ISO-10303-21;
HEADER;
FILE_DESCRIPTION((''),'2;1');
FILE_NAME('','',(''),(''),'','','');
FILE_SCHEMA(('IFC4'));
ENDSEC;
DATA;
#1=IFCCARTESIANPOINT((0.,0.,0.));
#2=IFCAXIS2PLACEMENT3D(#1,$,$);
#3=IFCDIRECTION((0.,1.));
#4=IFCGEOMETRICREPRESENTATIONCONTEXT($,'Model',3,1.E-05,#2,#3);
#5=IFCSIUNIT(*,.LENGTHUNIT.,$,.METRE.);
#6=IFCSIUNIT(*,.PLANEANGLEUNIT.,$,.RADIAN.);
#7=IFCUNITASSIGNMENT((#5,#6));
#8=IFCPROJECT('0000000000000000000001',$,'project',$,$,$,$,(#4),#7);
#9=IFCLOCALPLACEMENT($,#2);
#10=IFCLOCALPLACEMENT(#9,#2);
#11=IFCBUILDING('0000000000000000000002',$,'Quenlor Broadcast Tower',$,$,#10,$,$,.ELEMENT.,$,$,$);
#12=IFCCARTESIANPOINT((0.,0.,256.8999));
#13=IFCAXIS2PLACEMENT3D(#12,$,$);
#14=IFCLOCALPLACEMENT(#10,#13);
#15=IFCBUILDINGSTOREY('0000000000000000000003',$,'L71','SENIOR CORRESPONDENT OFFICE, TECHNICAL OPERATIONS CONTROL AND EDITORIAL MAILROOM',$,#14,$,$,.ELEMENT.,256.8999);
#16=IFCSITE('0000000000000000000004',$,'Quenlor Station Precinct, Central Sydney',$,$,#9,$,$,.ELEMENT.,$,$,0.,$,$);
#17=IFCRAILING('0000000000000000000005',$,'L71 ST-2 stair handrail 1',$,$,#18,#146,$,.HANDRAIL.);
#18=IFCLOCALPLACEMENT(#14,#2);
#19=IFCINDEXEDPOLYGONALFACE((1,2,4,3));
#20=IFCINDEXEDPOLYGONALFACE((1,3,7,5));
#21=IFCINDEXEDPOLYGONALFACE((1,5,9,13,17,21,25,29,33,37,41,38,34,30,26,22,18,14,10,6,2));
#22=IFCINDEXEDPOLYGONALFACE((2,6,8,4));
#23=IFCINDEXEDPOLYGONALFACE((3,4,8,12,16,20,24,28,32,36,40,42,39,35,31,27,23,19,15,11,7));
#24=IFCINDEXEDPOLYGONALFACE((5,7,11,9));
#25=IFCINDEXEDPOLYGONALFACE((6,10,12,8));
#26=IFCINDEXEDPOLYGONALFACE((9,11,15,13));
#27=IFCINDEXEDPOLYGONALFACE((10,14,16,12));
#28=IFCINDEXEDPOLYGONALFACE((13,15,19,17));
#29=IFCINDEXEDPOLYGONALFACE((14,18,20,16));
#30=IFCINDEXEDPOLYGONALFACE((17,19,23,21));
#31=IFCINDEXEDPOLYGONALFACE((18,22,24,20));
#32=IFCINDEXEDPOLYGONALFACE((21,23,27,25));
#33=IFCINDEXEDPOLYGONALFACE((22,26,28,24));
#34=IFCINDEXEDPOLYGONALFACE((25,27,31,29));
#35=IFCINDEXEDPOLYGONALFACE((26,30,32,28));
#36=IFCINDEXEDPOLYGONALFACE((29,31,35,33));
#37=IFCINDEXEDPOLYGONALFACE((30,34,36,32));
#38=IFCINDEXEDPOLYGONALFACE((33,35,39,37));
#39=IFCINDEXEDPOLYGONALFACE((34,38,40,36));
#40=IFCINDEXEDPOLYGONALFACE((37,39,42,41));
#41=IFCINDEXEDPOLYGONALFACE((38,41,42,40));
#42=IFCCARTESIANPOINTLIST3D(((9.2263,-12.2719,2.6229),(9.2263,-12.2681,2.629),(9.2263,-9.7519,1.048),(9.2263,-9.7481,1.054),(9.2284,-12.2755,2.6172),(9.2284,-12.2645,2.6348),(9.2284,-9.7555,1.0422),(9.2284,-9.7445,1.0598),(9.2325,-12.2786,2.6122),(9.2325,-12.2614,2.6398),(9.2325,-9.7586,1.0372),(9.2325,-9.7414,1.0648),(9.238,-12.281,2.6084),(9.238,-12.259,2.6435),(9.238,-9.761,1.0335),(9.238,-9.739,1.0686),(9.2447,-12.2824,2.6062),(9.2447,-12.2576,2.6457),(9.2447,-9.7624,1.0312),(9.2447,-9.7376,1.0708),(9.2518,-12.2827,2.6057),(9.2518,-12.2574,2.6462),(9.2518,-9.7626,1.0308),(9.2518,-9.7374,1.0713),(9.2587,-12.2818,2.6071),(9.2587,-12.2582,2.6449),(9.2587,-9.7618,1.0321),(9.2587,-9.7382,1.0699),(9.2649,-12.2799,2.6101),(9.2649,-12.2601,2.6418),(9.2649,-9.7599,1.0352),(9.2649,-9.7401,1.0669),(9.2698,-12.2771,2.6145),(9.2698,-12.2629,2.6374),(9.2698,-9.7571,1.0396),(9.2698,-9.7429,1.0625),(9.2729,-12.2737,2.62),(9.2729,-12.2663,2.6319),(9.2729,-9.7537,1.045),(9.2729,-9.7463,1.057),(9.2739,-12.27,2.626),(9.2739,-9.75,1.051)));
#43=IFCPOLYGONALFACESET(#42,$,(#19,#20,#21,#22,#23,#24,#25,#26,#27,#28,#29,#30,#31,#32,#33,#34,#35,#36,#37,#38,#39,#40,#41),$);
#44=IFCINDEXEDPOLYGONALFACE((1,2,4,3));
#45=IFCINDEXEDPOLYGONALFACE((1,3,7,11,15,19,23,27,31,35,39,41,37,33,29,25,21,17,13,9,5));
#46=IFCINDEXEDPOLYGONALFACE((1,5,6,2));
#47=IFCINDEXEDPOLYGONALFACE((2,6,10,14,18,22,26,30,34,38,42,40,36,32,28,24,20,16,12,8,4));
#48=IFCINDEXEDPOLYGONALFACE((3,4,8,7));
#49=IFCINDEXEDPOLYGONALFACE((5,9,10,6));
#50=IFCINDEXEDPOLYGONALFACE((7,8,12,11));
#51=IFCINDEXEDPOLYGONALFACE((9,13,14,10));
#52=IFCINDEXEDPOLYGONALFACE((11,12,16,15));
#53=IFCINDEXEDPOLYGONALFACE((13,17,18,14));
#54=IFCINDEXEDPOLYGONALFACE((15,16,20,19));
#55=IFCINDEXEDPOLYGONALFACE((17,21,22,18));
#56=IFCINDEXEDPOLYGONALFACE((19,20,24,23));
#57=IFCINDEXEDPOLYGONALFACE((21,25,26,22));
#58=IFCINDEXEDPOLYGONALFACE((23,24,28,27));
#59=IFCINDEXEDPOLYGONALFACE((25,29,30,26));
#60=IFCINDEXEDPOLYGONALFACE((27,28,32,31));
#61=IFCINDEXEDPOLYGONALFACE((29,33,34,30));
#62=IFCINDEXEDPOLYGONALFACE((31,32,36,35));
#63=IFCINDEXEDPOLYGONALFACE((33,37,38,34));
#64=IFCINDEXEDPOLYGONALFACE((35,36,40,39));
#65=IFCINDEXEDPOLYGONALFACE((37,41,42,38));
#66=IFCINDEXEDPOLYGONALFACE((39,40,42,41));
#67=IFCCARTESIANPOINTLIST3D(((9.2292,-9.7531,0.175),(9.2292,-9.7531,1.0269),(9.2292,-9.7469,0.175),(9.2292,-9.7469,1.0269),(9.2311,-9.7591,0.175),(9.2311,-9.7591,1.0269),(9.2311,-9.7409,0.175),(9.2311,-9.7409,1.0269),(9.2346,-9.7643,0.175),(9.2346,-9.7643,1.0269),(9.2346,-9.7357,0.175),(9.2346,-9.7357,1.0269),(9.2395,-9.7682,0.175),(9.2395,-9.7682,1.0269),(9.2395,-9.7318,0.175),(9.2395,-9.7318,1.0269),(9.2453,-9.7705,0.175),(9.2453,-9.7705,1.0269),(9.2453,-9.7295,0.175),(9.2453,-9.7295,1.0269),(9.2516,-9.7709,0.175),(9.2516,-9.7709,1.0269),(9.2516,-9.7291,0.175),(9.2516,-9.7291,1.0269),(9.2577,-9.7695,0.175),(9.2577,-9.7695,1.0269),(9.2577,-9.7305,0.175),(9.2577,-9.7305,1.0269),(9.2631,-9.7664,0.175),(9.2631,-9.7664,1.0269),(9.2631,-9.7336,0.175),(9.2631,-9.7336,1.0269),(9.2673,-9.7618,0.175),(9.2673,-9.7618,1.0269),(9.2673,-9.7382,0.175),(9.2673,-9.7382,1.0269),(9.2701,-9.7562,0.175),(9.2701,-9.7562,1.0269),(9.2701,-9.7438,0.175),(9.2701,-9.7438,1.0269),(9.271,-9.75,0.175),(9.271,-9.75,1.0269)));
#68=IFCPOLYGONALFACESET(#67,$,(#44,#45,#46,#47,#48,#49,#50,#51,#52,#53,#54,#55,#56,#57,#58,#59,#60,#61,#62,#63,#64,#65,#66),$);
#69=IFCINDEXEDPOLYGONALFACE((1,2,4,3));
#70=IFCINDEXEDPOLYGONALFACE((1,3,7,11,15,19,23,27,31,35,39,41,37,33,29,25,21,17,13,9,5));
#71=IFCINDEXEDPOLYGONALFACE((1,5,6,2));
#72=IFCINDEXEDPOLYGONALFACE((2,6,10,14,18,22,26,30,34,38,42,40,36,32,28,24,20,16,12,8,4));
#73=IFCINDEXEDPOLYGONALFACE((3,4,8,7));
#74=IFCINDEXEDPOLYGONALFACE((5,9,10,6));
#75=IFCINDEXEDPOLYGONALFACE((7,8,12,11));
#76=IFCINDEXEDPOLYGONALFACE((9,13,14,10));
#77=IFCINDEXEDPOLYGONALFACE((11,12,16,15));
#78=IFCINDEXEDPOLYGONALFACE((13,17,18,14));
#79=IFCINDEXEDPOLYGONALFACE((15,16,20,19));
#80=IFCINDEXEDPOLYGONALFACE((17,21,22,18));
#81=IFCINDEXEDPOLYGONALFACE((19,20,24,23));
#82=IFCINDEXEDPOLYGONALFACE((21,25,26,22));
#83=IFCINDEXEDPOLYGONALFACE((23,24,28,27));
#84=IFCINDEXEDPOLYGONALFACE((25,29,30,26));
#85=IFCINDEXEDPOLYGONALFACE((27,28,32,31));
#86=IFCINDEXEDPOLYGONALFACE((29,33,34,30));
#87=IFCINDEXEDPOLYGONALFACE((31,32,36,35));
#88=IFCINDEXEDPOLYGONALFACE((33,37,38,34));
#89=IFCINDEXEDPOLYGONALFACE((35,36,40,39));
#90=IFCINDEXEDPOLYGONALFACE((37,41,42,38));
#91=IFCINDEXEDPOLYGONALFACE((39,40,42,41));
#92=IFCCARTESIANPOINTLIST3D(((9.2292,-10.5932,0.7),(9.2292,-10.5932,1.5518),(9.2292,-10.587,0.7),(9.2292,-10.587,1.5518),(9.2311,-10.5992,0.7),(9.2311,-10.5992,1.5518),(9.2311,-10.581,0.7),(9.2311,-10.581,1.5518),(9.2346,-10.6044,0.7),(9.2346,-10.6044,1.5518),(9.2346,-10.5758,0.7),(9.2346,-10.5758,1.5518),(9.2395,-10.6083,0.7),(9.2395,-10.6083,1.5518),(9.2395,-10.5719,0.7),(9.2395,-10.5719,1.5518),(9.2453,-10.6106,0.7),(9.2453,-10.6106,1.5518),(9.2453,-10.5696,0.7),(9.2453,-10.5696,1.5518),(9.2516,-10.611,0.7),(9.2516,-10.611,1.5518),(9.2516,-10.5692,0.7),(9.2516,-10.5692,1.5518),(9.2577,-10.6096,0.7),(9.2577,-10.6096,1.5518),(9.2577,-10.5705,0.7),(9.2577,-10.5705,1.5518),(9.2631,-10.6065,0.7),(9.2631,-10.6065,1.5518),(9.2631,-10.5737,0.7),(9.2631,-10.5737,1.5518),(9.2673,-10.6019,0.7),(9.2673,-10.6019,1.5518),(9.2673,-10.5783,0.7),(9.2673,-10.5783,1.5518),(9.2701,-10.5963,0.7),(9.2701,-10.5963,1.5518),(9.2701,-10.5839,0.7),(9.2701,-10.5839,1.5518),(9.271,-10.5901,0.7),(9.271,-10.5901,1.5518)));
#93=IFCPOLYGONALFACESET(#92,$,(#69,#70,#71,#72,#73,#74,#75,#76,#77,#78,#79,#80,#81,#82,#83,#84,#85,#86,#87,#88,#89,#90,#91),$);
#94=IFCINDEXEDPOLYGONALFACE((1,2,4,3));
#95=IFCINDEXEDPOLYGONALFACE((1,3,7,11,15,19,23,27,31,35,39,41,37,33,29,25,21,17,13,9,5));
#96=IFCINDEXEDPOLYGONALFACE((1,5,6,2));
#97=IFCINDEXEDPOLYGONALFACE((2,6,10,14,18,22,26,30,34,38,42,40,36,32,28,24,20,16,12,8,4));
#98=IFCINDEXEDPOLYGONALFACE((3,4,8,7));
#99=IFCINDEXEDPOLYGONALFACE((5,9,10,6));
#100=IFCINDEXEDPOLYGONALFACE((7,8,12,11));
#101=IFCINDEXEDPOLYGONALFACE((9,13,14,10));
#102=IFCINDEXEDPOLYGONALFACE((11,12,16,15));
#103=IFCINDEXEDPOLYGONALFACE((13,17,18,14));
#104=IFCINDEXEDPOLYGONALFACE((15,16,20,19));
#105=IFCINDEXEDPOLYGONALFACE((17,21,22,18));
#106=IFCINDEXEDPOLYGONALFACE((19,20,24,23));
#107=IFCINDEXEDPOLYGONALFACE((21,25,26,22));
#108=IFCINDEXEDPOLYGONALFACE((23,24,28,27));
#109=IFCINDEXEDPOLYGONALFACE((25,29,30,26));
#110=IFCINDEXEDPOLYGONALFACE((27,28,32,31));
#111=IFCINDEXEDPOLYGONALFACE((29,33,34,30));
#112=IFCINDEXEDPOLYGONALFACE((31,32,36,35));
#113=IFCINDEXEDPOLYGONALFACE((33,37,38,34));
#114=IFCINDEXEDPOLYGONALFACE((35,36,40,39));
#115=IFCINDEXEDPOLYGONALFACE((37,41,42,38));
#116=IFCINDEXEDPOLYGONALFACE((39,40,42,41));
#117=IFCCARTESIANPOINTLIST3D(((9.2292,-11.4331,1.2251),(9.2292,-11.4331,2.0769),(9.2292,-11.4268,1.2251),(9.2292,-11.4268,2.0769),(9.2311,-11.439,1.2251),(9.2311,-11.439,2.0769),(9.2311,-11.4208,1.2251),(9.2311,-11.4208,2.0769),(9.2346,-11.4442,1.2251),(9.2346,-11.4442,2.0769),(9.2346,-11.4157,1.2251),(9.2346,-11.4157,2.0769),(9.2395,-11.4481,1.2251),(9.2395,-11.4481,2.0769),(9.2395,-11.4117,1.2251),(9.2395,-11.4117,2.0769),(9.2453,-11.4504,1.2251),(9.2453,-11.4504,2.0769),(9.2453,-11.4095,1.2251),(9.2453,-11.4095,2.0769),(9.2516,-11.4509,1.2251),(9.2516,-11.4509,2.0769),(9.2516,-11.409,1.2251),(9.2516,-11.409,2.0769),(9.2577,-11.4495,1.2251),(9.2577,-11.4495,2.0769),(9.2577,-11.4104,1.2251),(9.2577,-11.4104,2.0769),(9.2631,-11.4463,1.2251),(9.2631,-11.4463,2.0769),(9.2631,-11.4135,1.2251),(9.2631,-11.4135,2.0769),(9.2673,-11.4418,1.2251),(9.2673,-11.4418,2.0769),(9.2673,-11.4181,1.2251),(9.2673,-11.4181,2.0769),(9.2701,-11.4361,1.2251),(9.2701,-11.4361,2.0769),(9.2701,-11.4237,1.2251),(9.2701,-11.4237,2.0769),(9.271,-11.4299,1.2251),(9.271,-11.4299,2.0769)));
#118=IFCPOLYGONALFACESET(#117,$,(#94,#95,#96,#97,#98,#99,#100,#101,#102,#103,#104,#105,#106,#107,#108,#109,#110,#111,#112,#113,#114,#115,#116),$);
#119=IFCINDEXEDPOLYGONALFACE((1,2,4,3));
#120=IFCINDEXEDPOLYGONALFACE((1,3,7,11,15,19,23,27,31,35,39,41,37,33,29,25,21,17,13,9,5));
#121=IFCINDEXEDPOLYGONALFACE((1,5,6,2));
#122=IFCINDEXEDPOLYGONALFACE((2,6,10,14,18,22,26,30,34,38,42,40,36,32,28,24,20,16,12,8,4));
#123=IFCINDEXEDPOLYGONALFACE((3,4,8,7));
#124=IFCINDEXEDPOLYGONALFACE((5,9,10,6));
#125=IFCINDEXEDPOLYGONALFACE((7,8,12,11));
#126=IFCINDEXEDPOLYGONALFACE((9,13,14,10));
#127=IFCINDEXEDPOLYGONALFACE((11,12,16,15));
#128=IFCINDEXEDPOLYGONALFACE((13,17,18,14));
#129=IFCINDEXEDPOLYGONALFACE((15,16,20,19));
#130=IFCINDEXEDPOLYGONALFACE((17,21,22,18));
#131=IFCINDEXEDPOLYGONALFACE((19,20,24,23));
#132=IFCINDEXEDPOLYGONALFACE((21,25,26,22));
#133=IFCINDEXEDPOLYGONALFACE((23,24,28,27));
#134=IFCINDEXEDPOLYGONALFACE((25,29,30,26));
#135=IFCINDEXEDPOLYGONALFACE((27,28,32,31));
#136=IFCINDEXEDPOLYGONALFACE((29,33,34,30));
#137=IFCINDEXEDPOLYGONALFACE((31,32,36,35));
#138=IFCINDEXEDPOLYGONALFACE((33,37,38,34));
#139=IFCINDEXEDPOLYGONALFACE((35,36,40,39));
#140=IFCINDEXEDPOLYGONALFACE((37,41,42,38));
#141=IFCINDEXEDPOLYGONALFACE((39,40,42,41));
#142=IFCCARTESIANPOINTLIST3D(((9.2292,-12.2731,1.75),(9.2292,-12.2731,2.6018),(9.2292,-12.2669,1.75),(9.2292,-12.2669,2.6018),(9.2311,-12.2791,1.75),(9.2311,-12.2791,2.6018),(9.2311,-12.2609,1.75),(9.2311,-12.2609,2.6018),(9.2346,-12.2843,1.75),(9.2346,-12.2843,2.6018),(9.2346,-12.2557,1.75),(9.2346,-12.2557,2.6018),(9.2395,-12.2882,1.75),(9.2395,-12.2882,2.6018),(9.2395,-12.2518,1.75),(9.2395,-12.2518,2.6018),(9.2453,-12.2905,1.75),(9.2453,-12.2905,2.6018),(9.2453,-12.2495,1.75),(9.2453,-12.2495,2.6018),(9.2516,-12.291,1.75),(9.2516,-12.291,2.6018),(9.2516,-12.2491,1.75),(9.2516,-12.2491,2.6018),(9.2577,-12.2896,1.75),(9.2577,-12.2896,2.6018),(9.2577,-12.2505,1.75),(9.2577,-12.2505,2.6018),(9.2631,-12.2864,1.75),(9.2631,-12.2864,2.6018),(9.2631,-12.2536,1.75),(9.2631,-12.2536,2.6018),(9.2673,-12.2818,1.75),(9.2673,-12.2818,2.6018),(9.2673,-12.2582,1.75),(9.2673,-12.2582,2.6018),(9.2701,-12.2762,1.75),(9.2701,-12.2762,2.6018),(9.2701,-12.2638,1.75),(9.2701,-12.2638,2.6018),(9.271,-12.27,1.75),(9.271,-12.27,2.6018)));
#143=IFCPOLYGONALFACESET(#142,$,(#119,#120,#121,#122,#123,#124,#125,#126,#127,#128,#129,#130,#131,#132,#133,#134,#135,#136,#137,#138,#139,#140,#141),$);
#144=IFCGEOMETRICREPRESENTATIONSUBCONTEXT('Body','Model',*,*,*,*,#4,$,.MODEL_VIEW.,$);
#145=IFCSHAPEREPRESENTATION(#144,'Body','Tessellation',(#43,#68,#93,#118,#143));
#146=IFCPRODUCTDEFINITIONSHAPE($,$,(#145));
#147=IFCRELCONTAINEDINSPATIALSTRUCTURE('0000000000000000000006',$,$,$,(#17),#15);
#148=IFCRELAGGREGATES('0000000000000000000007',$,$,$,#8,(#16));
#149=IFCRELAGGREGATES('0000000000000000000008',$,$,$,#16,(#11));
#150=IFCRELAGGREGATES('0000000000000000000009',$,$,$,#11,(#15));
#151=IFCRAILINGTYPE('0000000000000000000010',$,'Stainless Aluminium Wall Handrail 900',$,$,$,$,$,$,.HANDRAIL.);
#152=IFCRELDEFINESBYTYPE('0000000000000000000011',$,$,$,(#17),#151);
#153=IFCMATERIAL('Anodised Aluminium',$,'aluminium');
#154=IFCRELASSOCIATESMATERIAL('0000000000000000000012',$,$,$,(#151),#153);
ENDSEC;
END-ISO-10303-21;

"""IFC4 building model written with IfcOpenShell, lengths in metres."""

from ifc_helpers import new_model, si_unit, direction, frame, origin, origin_2d, place, context, subcontext, project, spatial, circle, extrude, material, type_object, element, save


model = new_model("IFC4")

# Units and contexts
model_context = context("Model", 3, precision=1e-05, world=origin(), true_north=direction((0.0, 1.0)))
body_context = subcontext(model_context, "Body", "Model", "MODEL_VIEW")
ifc_project = project(units=[si_unit("LENGTHUNIT", "METRE"), si_unit("PLANEANGLEUNIT", "RADIAN")], contexts=[model_context])

# Site, building, storey
site_placement = place(None, origin())
site = spatial("IfcSite", under=ifc_project, at=site_placement, Name="Quenlor Station Precinct, Central Sydney", CompositionType="ELEMENT", RefElevation=0.0)
building_placement = place(site_placement, origin())
building = spatial("IfcBuilding", under=site, at=building_placement, Name="Quenlor Broadcast Tower", CompositionType="ELEMENT")
storey_placement = place(building_placement, frame((0.0, 0.0, 256.8999)))
storey = spatial("IfcBuildingStorey", under=building, at=storey_placement, Name="L71", Description="SENIOR CORRESPONDENT OFFICE, TECHNICAL OPERATIONS CONTROL AND EDITORIAL MAILROOM", CompositionType="ELEMENT", Elevation=256.8999)

# Railing
ifc_material_1 = material(Name="Anodised Aluminium", Category="aluminium")
railing_type_1 = type_object("IfcRailingType", Name="Stainless Aluminium Wall Handrail 900", PredefinedType="HANDRAIL", material=ifc_material_1)
railing_1_placement = place(storey_placement, frame((9.25, -9.75, 0.175)))
element("IfcRailing", 1, at=railing_1_placement, inside=storey, type_object=railing_type_1, Name="L71 ST-2 stair handrail 1", PredefinedType="HANDRAIL", context=body_context, shape_type="SweptSolid", body=[
    extrude(circle(Radius=0.0239, at=origin_2d()), frame((0.0, 0.0, 0.876), z_axis=(0.0, -0.848008, 0.529984), x_axis=(1.0, 0.0, 0.0)), (0.0, 0.0, 1.0), 2.9717),
    extrude(circle(Radius=0.021, at=origin_2d()), origin(), (0.0, 0.0, 1.0), 0.8518),
    extrude(circle(Radius=0.021, at=origin_2d()), frame((0.0, -0.8401, 0.5249)), (0.0, 0.0, 1.0), 0.8518),
    extrude(circle(Radius=0.021, at=origin_2d()), frame((0.0, -1.6799, 1.05)), (0.0, 0.0, 1.0), 0.8518),
    extrude(circle(Radius=0.021, at=origin_2d()), frame((0.0, -2.52, 1.575)), (0.0, 0.0, 1.0), 0.8518),
])

save(model, "model.ifc")
